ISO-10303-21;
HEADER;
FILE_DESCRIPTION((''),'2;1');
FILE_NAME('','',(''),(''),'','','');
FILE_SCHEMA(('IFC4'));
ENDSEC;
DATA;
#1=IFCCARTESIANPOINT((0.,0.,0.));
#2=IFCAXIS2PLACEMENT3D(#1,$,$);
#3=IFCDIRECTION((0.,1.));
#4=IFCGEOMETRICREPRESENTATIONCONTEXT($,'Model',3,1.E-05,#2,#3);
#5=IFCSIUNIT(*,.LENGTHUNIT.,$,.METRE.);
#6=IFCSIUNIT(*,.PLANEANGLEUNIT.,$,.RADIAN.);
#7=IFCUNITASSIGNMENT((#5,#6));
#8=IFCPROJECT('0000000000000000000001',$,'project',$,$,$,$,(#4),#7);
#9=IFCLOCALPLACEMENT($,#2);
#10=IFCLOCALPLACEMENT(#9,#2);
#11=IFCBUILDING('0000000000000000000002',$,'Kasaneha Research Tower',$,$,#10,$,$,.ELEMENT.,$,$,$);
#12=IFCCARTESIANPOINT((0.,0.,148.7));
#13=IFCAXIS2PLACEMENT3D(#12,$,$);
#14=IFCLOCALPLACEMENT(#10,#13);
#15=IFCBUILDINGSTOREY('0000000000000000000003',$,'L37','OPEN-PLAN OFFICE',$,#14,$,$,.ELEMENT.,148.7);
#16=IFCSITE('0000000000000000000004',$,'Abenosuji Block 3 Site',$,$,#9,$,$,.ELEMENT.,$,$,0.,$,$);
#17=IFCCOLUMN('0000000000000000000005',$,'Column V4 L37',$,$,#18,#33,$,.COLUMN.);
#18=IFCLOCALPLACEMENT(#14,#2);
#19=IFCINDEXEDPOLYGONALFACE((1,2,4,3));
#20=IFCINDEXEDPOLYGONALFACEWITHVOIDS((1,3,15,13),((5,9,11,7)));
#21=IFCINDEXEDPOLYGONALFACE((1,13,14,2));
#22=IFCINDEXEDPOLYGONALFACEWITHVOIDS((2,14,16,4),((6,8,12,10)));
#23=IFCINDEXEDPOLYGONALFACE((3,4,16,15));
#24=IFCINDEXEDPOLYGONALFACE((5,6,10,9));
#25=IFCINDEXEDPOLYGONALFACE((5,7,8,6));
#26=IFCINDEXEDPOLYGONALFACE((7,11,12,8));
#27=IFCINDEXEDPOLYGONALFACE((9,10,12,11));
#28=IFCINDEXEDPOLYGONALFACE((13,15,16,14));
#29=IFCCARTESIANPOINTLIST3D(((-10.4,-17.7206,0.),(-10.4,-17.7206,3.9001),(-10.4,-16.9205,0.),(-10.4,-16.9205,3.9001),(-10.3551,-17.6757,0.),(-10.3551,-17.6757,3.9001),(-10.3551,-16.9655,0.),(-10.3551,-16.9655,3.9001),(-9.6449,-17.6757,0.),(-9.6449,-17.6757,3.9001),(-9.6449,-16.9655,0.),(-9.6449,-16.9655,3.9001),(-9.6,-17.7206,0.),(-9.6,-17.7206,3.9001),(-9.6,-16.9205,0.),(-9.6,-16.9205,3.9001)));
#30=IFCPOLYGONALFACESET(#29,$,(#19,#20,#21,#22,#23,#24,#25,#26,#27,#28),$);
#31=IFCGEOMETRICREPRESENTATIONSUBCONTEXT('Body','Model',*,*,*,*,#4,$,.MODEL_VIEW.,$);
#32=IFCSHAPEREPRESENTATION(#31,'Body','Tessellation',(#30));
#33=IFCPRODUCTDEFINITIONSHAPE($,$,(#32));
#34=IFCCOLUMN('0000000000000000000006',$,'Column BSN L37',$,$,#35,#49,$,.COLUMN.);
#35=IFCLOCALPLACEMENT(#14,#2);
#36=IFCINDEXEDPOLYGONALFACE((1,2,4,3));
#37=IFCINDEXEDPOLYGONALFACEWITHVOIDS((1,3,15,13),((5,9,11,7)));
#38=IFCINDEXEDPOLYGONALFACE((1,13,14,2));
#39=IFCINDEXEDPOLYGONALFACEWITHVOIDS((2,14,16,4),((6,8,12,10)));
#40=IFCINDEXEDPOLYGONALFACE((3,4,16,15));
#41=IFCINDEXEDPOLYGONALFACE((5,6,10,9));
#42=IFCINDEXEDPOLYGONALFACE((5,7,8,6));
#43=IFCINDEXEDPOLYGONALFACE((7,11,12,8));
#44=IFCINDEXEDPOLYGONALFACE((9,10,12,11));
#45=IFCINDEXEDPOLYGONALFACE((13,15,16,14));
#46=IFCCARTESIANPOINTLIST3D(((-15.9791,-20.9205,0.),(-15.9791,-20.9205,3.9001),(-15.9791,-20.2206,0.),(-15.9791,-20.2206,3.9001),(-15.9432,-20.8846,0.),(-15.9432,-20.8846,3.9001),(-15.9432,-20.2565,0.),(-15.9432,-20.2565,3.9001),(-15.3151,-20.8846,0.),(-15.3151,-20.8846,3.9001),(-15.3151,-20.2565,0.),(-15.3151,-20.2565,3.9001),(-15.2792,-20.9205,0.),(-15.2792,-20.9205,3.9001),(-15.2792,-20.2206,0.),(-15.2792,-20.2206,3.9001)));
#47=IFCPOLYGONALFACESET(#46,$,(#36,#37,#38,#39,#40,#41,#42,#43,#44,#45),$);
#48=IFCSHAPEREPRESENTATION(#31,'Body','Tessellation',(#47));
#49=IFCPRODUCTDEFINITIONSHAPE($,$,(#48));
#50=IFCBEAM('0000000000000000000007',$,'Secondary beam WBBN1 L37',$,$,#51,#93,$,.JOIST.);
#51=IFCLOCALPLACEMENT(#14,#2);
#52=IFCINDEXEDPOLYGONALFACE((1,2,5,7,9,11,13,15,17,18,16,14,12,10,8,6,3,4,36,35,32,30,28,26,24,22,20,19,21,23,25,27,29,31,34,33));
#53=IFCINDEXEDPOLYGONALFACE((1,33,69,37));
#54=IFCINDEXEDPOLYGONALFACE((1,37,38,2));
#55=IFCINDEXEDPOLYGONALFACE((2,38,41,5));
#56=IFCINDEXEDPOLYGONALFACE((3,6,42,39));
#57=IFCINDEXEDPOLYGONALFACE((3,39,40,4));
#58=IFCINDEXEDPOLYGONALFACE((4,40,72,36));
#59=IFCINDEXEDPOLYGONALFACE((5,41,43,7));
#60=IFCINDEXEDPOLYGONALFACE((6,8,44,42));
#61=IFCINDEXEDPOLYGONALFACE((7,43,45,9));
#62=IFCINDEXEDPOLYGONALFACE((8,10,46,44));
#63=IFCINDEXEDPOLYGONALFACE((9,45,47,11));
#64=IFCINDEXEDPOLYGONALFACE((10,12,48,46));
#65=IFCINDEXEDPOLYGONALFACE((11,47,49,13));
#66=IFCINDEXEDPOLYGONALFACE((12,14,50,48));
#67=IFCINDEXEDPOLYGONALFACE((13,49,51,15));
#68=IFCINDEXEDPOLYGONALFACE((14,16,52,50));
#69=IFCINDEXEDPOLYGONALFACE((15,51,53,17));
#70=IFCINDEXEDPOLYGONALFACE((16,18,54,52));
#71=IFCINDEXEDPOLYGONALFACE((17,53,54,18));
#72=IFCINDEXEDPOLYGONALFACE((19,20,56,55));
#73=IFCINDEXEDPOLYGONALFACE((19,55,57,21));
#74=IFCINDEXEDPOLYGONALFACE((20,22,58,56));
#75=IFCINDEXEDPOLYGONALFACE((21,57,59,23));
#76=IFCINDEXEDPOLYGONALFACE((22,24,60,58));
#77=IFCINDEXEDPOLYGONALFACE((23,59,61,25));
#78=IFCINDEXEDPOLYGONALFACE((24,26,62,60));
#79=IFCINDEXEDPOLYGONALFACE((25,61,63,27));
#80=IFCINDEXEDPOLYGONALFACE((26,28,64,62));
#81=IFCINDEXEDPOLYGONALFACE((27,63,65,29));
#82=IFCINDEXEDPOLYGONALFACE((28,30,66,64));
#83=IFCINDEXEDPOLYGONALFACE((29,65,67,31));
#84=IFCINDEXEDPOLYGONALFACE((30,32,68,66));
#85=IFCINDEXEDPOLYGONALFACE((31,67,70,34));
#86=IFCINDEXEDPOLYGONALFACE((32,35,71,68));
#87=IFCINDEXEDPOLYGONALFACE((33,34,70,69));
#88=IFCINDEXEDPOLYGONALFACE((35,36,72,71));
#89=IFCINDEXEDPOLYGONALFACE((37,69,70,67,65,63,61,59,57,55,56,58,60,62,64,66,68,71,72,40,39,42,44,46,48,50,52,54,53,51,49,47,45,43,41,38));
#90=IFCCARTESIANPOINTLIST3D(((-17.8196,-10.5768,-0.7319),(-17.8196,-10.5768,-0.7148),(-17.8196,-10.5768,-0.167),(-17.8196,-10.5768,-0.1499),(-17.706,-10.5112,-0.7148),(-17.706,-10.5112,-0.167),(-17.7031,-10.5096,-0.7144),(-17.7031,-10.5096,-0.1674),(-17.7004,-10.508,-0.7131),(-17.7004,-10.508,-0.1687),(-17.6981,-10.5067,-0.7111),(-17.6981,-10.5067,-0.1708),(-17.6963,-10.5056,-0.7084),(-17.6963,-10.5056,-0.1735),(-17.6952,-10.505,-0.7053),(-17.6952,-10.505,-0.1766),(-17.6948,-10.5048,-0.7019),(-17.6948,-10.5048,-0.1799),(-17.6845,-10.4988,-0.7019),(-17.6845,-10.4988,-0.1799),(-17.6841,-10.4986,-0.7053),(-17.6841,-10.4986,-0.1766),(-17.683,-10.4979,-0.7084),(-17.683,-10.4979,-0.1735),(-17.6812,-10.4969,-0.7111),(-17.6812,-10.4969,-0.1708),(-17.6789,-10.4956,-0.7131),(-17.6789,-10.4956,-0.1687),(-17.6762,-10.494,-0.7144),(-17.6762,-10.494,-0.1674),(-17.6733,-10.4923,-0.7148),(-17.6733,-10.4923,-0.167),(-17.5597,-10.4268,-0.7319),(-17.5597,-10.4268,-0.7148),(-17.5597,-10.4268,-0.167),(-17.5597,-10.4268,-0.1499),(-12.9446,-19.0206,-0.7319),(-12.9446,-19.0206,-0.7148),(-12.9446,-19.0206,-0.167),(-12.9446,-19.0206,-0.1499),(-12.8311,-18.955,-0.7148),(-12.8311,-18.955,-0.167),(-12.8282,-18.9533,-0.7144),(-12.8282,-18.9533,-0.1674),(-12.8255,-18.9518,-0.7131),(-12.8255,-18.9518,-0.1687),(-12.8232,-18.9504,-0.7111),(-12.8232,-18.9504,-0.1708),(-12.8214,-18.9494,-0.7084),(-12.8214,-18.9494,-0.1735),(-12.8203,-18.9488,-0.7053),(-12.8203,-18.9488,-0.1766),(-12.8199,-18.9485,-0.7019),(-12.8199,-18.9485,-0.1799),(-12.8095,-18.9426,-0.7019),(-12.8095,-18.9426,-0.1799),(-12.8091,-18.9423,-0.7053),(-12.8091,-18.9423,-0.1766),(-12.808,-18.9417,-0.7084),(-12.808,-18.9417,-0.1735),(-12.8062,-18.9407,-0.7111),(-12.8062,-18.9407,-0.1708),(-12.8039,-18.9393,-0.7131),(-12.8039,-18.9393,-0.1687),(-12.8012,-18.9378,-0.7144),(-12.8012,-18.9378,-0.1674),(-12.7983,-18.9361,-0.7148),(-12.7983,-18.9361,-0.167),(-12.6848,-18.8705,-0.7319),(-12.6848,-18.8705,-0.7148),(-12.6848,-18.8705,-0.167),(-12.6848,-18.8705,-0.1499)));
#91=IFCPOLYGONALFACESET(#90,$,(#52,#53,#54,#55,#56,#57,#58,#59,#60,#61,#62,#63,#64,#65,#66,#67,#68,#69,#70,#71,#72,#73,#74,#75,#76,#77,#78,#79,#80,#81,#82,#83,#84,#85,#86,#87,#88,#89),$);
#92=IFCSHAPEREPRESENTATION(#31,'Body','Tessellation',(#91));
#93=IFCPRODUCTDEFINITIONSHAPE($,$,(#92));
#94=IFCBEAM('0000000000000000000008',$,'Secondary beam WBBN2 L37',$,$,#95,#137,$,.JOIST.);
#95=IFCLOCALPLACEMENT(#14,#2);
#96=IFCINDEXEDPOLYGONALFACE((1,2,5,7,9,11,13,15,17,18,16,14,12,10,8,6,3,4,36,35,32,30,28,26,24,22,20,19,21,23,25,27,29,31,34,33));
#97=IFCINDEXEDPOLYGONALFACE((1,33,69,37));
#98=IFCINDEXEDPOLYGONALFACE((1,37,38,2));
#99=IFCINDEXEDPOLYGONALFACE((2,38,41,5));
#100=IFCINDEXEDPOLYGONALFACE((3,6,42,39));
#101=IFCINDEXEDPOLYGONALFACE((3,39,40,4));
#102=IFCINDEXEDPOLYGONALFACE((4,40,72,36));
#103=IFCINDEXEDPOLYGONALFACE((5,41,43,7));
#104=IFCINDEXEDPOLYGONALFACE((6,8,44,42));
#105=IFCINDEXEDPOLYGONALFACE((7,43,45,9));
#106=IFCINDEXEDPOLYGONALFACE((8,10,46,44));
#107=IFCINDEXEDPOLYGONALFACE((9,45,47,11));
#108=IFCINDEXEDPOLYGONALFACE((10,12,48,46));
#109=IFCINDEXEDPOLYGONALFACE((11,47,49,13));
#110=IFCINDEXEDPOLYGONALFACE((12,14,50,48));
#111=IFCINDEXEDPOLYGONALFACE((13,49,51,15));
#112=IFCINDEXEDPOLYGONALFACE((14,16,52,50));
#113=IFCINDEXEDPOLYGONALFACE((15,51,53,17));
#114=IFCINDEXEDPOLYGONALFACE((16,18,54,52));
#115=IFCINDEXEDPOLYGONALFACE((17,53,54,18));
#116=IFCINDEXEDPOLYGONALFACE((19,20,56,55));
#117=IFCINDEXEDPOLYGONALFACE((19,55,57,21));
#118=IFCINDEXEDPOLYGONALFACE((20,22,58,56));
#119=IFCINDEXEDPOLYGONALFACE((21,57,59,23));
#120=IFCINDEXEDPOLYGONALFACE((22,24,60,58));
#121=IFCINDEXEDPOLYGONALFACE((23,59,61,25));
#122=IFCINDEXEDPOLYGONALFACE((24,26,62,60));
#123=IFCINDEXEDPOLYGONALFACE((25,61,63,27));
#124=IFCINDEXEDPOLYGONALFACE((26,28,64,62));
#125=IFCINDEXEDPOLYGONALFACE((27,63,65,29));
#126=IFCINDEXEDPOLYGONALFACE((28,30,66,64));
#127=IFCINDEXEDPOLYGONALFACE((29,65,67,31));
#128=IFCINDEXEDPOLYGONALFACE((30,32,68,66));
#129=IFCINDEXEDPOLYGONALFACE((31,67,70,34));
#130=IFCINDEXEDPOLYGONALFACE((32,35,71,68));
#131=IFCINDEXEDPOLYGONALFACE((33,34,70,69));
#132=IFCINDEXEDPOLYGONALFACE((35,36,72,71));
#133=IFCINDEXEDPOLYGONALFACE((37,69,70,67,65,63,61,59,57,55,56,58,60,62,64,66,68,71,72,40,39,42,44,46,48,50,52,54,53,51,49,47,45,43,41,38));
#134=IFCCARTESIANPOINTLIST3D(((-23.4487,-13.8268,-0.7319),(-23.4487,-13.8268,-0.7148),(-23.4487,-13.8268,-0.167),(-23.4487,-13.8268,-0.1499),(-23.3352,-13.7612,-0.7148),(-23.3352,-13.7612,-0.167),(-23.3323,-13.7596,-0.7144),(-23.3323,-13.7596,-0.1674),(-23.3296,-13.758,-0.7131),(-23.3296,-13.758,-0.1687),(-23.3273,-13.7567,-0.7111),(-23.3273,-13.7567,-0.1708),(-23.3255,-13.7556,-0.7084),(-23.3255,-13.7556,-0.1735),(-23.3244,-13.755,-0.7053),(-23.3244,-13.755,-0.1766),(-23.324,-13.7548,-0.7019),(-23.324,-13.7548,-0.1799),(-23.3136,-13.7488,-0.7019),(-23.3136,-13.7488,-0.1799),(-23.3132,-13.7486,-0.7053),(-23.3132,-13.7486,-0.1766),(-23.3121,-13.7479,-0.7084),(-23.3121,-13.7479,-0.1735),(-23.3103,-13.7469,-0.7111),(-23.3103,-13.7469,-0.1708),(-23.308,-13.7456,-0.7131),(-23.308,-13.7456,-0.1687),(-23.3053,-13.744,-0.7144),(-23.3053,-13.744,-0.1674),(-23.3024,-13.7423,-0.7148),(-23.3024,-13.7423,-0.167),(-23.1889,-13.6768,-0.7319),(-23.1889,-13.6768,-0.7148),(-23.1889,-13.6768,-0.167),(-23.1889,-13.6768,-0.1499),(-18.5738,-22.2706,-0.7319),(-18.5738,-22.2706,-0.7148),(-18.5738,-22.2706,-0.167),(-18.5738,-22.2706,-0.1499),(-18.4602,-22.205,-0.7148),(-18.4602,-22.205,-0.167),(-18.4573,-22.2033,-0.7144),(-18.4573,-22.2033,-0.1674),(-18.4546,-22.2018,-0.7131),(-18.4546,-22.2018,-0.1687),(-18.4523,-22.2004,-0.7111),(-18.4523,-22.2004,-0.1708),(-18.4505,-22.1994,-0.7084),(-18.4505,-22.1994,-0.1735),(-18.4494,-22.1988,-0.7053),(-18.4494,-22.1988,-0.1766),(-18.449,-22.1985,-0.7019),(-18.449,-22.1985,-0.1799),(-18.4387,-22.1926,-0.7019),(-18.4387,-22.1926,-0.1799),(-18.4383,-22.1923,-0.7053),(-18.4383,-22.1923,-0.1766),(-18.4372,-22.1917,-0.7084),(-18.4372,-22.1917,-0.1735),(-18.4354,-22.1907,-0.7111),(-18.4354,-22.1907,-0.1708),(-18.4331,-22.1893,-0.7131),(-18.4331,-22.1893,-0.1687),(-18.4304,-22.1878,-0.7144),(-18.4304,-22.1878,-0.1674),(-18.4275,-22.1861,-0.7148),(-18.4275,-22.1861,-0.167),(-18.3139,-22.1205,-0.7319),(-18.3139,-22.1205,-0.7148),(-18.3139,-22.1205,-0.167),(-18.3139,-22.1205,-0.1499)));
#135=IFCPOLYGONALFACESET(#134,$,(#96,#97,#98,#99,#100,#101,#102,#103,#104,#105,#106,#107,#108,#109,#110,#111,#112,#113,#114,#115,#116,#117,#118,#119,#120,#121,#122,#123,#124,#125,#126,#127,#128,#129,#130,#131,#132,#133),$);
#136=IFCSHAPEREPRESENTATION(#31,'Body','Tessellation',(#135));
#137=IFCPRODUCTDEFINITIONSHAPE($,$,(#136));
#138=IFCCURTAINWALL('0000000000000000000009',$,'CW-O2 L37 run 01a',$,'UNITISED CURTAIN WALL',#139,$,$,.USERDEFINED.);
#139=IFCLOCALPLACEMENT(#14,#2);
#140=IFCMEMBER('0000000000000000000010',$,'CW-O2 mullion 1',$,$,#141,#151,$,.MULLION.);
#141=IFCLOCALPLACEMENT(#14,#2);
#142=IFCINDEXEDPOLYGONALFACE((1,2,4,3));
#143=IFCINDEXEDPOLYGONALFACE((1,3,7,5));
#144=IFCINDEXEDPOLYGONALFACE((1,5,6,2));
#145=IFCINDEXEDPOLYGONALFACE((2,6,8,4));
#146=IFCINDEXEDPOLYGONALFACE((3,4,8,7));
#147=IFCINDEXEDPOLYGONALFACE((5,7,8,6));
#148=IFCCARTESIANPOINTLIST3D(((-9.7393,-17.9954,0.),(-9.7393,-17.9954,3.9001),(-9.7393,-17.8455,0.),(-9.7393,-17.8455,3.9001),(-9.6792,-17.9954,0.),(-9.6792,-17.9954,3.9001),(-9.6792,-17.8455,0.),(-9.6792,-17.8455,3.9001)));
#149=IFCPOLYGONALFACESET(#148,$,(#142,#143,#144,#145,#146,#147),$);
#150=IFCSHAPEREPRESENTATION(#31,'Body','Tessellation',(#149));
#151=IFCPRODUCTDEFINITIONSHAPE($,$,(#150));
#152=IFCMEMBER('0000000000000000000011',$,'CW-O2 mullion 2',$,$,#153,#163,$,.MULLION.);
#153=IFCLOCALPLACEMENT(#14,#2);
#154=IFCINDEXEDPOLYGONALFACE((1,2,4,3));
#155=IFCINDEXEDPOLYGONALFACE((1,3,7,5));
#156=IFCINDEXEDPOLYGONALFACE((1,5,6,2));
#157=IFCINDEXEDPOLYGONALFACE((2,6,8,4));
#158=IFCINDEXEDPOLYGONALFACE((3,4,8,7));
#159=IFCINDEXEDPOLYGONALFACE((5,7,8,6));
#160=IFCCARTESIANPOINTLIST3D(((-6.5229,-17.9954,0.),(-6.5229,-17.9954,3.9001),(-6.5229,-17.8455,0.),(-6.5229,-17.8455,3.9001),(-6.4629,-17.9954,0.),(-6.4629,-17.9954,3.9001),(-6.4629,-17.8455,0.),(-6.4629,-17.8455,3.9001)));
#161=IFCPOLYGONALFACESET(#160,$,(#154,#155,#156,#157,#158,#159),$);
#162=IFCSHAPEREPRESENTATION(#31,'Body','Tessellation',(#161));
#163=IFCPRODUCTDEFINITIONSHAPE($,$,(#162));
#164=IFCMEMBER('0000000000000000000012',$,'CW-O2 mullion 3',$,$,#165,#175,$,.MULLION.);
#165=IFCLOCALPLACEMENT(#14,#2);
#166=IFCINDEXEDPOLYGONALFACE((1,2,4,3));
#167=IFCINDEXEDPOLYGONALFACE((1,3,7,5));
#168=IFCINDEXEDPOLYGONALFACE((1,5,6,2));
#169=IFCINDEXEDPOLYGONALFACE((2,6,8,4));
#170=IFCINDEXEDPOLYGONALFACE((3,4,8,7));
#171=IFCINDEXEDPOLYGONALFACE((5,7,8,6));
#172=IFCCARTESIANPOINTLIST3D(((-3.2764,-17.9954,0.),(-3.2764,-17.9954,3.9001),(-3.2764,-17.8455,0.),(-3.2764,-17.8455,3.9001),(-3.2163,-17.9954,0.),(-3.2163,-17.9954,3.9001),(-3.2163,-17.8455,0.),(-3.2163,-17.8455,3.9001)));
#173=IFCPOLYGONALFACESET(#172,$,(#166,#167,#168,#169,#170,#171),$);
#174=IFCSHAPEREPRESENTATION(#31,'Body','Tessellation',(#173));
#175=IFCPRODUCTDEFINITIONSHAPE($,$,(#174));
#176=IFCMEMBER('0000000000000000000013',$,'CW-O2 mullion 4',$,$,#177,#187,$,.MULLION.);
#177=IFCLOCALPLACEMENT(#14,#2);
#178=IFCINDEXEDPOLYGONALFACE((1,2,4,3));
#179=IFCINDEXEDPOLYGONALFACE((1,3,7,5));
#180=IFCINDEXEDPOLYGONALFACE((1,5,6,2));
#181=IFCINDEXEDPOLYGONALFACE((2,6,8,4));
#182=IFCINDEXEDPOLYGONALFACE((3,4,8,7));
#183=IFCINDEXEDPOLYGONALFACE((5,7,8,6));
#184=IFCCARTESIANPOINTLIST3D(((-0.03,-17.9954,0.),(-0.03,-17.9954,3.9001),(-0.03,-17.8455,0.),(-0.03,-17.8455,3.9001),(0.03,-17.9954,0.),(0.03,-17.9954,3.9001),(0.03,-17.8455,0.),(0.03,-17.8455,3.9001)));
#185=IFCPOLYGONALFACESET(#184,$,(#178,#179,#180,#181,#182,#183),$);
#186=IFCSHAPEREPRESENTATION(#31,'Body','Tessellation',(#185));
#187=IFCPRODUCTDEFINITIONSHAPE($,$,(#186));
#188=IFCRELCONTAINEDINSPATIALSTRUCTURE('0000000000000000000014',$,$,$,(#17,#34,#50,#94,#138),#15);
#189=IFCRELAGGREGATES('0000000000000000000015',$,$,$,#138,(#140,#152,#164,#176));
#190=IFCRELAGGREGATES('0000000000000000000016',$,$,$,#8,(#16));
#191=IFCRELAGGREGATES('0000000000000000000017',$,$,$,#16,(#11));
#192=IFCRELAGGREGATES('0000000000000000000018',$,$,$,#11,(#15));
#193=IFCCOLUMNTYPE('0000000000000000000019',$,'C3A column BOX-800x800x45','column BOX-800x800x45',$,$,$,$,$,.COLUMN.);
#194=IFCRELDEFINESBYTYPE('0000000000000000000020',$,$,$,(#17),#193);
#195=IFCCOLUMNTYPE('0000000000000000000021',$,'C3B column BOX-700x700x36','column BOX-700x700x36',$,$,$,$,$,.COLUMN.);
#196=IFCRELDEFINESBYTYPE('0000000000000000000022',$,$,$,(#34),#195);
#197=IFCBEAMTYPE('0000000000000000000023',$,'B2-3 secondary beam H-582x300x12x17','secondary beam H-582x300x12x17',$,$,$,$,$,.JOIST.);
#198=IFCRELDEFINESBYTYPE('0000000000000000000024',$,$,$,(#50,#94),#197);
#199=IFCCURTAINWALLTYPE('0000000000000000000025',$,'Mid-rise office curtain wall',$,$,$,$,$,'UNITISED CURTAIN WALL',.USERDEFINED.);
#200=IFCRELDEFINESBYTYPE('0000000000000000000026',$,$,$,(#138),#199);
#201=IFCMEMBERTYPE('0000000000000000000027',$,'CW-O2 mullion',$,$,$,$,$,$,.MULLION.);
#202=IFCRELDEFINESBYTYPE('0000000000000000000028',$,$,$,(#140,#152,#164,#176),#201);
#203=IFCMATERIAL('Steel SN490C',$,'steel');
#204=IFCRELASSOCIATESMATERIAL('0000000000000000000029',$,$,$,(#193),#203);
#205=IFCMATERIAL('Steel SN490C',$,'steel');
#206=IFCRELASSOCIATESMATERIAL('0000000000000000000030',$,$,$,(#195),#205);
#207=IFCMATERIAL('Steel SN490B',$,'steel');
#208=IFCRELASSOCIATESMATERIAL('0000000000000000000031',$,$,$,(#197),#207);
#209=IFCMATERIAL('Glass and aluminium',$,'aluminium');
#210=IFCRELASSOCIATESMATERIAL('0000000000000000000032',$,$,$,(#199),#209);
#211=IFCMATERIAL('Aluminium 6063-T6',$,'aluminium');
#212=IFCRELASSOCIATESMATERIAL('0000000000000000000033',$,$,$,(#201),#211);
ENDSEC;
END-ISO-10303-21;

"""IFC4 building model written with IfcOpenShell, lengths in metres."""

from ifc_helpers import new_model, si_unit, direction, frame, origin, origin_2d, place, context, subcontext, project, spatial, rectangle, hollow_rectangle, i_section, extrude, material, material_profile, profile_set, type_object, element, aggregate, save


model = new_model("IFC4")

# Units and contexts
model_context = context("Model", 3, precision=1e-05, world=origin(), true_north=direction((0.0, 1.0)))
body_context = subcontext(model_context, "Body", "Model", "MODEL_VIEW")
ifc_project = project(units=[si_unit("LENGTHUNIT", "METRE"), si_unit("PLANEANGLEUNIT", "RADIAN")], contexts=[model_context])

# Site, building, storey
site_placement = place(None, origin())
site = spatial("IfcSite", under=ifc_project, at=site_placement, Name="Abenosuji Block 3 Site", CompositionType="ELEMENT", RefElevation=0.0)
building_placement = place(site_placement, origin())
building = spatial("IfcBuilding", under=site, at=building_placement, Name="Kasaneha Research Tower", CompositionType="ELEMENT")
storey_placement = place(building_placement, frame((0.0, 0.0, 148.7)))
storey = spatial("IfcBuildingStorey", under=building, at=storey_placement, Name="L37", Description="OPEN-PLAN OFFICE", CompositionType="ELEMENT", Elevation=148.7)

# Columns
ifc_material_1 = material(Name="Steel SN490C", Category="steel")
ifc_material_profile_1 = material_profile(ifc_material_1, hollow_rectangle(XDim=0.8, YDim=0.8, WallThickness=0.0449, at=origin_2d()), Name="BOX-800x800x45")
ifc_profile_set_1 = profile_set([ifc_material_profile_1], Name="Steel SN490C")
column_type_1 = type_object("IfcColumnType", Name="C3A column BOX-800x800x45", Description="column BOX-800x800x45", PredefinedType="COLUMN", material=ifc_profile_set_1)
column_1_placement = place(storey_placement, frame((-10.0, -17.3206, 0.0), z_axis=(0.0, 0.0, 1.0), x_axis=(1.0, 0.0, 0.0)))
element("IfcColumn", 1, at=column_1_placement, inside=storey, type_object=column_type_1, Name="Column V4 L37", PredefinedType="COLUMN", context=body_context, shape_type="SweptSolid", body=[
    extrude(hollow_rectangle(XDim=0.8, YDim=0.8, WallThickness=0.0449, at=origin_2d()), origin(), (0.0, 0.0, 1.0), 3.9001),
])
ifc_material_2 = material(Name="Steel SN490C", Category="steel")
ifc_material_profile_2 = material_profile(ifc_material_2, hollow_rectangle(XDim=0.7, YDim=0.7, WallThickness=0.0359, at=origin_2d()), Name="BOX-700x700x36")
ifc_profile_set_2 = profile_set([ifc_material_profile_2], Name="Steel SN490C")
column_type_2 = type_object("IfcColumnType", Name="C3B column BOX-700x700x36", Description="column BOX-700x700x36", PredefinedType="COLUMN", material=ifc_profile_set_2)
column_2_placement = place(storey_placement, frame((-15.6292, -20.5706, 0.0), z_axis=(0.0, 0.0, 1.0), x_axis=(1.0, 0.0, 0.0)))
element("IfcColumn", 2, at=column_2_placement, inside=storey, type_object=column_type_2, Name="Column BSN L37", PredefinedType="COLUMN", context=body_context, shape_type="SweptSolid", body=[
    extrude(hollow_rectangle(XDim=0.7, YDim=0.7, WallThickness=0.0359, at=origin_2d()), origin(), (0.0, 0.0, 1.0), 3.9001),
])

# Beams
ifc_material_3 = material(Name="Steel SN490B", Category="steel")
ifc_material_profile_3 = material_profile(ifc_material_3, i_section(OverallWidth=0.3, OverallDepth=0.582, WebThickness=0.012, FlangeThickness=0.0171, FilletRadius=0.0129, at=origin_2d()), Name="H-582x300x12x17")
ifc_profile_set_3 = profile_set([ifc_material_profile_3], Name="Steel SN490B")
beam_type_1 = type_object("IfcBeamType", Name="B2-3 secondary beam H-582x300x12x17", Description="secondary beam H-582x300x12x17", PredefinedType="JOIST", material=ifc_profile_set_3)
for number, where, z_axis, x_axis, name in (
    (3, (-12.8147, -18.9456, -0.4409), (-0.499996, 0.866028, 0.0), (-0.866028, -0.499996, 0.0), "Secondary beam WBBN1 L37"),
    (4, (-18.4438, -22.1956, -0.4409), (-0.499996, 0.866028, 0.0), (-0.866028, -0.499996, 0.0), "Secondary beam WBBN2 L37"),
):
    element("IfcBeam", number, at=place(storey_placement, frame(where, z_axis=z_axis, x_axis=x_axis)), inside=storey, type_object=beam_type_1, Name=name, PredefinedType="JOIST", context=body_context, shape_type="SweptSolid", body=[
        extrude(i_section(OverallWidth=0.3, OverallDepth=0.582, WebThickness=0.012, FlangeThickness=0.0171, FilletRadius=0.0129, at=origin_2d()), origin(), (0.0, 0.0, 1.0), 9.75),
    ])

# Curtain wall, members
ifc_material_4 = material(Name="Glass and aluminium", Category="aluminium")
curtain_wall_type = type_object("IfcCurtainWallType", Name="Mid-rise office curtain wall", ElementType="UNITISED CURTAIN WALL", PredefinedType="USERDEFINED", material=ifc_material_4)
curtain_wall_1_placement = place(storey_placement, origin())
curtain_wall_1 = element("IfcCurtainWall", 5, at=curtain_wall_1_placement, inside=storey, type_object=curtain_wall_type, Name="CW-O2 L37 run 01a", ObjectType="UNITISED CURTAIN WALL", PredefinedType="USERDEFINED")
ifc_material_5 = material(Name="Aluminium 6063-T6", Category="aluminium")
ifc_material_profile_4 = material_profile(ifc_material_5, rectangle(XDim=0.0601, YDim=0.1499, at=origin_2d()), Name="CW-O2 mullion 60x150")
ifc_profile_set_4 = profile_set([ifc_material_profile_4], Name="Aluminium 6063-T6")
member_type_1 = type_object("IfcMemberType", Name="CW-O2 mullion", PredefinedType="MULLION", material=ifc_profile_set_4)
member_1_placement = place(storey_placement, frame((-9.7092, -17.9204, 0.0), z_axis=(0.0, 0.0, 1.0), x_axis=(1.0, 0.0, 0.0)))
member_1 = element("IfcMember", 6, at=member_1_placement, type_object=member_type_1, Name="CW-O2 mullion 1", PredefinedType="MULLION", context=body_context, shape_type="SweptSolid", body=[
    extrude(rectangle(XDim=0.0601, YDim=0.1499, at=origin_2d()), origin(), (0.0, 0.0, 1.0), 3.9001),
])
member_2_placement = place(storey_placement, frame((-6.4929, -17.9204, 0.0), z_axis=(0.0, 0.0, 1.0), x_axis=(1.0, 0.0, 0.0)))
member_2 = element("IfcMember", 7, at=member_2_placement, type_object=member_type_1, Name="CW-O2 mullion 2", PredefinedType="MULLION", context=body_context, shape_type="SweptSolid", body=[
    extrude(rectangle(XDim=0.0601, YDim=0.1499, at=origin_2d()), origin(), (0.0, 0.0, 1.0), 3.9001),
])
member_3_placement = place(storey_placement, frame((-3.2463, -17.9204, 0.0), z_axis=(0.0, 0.0, 1.0), x_axis=(1.0, 0.0, 0.0)))
member_3 = element("IfcMember", 8, at=member_3_placement, type_object=member_type_1, Name="CW-O2 mullion 3", PredefinedType="MULLION", context=body_context, shape_type="SweptSolid", body=[
    extrude(rectangle(XDim=0.0601, YDim=0.1499, at=origin_2d()), origin(), (0.0, 0.0, 1.0), 3.9001),
])
member_4_placement = place(storey_placement, frame((0.0, -17.9204, 0.0), z_axis=(0.0, 0.0, 1.0), x_axis=(1.0, 0.0, 0.0)))
member_4 = element("IfcMember", 9, at=member_4_placement, type_object=member_type_1, Name="CW-O2 mullion 4", PredefinedType="MULLION", context=body_context, shape_type="SweptSolid", body=[
    extrude(rectangle(XDim=0.0601, YDim=0.1499, at=origin_2d()), origin(), (0.0, 0.0, 1.0), 3.9001),
])

aggregate(curtain_wall_1, [member_1, member_2, member_3, member_4])

save(model, "model.ifc")
